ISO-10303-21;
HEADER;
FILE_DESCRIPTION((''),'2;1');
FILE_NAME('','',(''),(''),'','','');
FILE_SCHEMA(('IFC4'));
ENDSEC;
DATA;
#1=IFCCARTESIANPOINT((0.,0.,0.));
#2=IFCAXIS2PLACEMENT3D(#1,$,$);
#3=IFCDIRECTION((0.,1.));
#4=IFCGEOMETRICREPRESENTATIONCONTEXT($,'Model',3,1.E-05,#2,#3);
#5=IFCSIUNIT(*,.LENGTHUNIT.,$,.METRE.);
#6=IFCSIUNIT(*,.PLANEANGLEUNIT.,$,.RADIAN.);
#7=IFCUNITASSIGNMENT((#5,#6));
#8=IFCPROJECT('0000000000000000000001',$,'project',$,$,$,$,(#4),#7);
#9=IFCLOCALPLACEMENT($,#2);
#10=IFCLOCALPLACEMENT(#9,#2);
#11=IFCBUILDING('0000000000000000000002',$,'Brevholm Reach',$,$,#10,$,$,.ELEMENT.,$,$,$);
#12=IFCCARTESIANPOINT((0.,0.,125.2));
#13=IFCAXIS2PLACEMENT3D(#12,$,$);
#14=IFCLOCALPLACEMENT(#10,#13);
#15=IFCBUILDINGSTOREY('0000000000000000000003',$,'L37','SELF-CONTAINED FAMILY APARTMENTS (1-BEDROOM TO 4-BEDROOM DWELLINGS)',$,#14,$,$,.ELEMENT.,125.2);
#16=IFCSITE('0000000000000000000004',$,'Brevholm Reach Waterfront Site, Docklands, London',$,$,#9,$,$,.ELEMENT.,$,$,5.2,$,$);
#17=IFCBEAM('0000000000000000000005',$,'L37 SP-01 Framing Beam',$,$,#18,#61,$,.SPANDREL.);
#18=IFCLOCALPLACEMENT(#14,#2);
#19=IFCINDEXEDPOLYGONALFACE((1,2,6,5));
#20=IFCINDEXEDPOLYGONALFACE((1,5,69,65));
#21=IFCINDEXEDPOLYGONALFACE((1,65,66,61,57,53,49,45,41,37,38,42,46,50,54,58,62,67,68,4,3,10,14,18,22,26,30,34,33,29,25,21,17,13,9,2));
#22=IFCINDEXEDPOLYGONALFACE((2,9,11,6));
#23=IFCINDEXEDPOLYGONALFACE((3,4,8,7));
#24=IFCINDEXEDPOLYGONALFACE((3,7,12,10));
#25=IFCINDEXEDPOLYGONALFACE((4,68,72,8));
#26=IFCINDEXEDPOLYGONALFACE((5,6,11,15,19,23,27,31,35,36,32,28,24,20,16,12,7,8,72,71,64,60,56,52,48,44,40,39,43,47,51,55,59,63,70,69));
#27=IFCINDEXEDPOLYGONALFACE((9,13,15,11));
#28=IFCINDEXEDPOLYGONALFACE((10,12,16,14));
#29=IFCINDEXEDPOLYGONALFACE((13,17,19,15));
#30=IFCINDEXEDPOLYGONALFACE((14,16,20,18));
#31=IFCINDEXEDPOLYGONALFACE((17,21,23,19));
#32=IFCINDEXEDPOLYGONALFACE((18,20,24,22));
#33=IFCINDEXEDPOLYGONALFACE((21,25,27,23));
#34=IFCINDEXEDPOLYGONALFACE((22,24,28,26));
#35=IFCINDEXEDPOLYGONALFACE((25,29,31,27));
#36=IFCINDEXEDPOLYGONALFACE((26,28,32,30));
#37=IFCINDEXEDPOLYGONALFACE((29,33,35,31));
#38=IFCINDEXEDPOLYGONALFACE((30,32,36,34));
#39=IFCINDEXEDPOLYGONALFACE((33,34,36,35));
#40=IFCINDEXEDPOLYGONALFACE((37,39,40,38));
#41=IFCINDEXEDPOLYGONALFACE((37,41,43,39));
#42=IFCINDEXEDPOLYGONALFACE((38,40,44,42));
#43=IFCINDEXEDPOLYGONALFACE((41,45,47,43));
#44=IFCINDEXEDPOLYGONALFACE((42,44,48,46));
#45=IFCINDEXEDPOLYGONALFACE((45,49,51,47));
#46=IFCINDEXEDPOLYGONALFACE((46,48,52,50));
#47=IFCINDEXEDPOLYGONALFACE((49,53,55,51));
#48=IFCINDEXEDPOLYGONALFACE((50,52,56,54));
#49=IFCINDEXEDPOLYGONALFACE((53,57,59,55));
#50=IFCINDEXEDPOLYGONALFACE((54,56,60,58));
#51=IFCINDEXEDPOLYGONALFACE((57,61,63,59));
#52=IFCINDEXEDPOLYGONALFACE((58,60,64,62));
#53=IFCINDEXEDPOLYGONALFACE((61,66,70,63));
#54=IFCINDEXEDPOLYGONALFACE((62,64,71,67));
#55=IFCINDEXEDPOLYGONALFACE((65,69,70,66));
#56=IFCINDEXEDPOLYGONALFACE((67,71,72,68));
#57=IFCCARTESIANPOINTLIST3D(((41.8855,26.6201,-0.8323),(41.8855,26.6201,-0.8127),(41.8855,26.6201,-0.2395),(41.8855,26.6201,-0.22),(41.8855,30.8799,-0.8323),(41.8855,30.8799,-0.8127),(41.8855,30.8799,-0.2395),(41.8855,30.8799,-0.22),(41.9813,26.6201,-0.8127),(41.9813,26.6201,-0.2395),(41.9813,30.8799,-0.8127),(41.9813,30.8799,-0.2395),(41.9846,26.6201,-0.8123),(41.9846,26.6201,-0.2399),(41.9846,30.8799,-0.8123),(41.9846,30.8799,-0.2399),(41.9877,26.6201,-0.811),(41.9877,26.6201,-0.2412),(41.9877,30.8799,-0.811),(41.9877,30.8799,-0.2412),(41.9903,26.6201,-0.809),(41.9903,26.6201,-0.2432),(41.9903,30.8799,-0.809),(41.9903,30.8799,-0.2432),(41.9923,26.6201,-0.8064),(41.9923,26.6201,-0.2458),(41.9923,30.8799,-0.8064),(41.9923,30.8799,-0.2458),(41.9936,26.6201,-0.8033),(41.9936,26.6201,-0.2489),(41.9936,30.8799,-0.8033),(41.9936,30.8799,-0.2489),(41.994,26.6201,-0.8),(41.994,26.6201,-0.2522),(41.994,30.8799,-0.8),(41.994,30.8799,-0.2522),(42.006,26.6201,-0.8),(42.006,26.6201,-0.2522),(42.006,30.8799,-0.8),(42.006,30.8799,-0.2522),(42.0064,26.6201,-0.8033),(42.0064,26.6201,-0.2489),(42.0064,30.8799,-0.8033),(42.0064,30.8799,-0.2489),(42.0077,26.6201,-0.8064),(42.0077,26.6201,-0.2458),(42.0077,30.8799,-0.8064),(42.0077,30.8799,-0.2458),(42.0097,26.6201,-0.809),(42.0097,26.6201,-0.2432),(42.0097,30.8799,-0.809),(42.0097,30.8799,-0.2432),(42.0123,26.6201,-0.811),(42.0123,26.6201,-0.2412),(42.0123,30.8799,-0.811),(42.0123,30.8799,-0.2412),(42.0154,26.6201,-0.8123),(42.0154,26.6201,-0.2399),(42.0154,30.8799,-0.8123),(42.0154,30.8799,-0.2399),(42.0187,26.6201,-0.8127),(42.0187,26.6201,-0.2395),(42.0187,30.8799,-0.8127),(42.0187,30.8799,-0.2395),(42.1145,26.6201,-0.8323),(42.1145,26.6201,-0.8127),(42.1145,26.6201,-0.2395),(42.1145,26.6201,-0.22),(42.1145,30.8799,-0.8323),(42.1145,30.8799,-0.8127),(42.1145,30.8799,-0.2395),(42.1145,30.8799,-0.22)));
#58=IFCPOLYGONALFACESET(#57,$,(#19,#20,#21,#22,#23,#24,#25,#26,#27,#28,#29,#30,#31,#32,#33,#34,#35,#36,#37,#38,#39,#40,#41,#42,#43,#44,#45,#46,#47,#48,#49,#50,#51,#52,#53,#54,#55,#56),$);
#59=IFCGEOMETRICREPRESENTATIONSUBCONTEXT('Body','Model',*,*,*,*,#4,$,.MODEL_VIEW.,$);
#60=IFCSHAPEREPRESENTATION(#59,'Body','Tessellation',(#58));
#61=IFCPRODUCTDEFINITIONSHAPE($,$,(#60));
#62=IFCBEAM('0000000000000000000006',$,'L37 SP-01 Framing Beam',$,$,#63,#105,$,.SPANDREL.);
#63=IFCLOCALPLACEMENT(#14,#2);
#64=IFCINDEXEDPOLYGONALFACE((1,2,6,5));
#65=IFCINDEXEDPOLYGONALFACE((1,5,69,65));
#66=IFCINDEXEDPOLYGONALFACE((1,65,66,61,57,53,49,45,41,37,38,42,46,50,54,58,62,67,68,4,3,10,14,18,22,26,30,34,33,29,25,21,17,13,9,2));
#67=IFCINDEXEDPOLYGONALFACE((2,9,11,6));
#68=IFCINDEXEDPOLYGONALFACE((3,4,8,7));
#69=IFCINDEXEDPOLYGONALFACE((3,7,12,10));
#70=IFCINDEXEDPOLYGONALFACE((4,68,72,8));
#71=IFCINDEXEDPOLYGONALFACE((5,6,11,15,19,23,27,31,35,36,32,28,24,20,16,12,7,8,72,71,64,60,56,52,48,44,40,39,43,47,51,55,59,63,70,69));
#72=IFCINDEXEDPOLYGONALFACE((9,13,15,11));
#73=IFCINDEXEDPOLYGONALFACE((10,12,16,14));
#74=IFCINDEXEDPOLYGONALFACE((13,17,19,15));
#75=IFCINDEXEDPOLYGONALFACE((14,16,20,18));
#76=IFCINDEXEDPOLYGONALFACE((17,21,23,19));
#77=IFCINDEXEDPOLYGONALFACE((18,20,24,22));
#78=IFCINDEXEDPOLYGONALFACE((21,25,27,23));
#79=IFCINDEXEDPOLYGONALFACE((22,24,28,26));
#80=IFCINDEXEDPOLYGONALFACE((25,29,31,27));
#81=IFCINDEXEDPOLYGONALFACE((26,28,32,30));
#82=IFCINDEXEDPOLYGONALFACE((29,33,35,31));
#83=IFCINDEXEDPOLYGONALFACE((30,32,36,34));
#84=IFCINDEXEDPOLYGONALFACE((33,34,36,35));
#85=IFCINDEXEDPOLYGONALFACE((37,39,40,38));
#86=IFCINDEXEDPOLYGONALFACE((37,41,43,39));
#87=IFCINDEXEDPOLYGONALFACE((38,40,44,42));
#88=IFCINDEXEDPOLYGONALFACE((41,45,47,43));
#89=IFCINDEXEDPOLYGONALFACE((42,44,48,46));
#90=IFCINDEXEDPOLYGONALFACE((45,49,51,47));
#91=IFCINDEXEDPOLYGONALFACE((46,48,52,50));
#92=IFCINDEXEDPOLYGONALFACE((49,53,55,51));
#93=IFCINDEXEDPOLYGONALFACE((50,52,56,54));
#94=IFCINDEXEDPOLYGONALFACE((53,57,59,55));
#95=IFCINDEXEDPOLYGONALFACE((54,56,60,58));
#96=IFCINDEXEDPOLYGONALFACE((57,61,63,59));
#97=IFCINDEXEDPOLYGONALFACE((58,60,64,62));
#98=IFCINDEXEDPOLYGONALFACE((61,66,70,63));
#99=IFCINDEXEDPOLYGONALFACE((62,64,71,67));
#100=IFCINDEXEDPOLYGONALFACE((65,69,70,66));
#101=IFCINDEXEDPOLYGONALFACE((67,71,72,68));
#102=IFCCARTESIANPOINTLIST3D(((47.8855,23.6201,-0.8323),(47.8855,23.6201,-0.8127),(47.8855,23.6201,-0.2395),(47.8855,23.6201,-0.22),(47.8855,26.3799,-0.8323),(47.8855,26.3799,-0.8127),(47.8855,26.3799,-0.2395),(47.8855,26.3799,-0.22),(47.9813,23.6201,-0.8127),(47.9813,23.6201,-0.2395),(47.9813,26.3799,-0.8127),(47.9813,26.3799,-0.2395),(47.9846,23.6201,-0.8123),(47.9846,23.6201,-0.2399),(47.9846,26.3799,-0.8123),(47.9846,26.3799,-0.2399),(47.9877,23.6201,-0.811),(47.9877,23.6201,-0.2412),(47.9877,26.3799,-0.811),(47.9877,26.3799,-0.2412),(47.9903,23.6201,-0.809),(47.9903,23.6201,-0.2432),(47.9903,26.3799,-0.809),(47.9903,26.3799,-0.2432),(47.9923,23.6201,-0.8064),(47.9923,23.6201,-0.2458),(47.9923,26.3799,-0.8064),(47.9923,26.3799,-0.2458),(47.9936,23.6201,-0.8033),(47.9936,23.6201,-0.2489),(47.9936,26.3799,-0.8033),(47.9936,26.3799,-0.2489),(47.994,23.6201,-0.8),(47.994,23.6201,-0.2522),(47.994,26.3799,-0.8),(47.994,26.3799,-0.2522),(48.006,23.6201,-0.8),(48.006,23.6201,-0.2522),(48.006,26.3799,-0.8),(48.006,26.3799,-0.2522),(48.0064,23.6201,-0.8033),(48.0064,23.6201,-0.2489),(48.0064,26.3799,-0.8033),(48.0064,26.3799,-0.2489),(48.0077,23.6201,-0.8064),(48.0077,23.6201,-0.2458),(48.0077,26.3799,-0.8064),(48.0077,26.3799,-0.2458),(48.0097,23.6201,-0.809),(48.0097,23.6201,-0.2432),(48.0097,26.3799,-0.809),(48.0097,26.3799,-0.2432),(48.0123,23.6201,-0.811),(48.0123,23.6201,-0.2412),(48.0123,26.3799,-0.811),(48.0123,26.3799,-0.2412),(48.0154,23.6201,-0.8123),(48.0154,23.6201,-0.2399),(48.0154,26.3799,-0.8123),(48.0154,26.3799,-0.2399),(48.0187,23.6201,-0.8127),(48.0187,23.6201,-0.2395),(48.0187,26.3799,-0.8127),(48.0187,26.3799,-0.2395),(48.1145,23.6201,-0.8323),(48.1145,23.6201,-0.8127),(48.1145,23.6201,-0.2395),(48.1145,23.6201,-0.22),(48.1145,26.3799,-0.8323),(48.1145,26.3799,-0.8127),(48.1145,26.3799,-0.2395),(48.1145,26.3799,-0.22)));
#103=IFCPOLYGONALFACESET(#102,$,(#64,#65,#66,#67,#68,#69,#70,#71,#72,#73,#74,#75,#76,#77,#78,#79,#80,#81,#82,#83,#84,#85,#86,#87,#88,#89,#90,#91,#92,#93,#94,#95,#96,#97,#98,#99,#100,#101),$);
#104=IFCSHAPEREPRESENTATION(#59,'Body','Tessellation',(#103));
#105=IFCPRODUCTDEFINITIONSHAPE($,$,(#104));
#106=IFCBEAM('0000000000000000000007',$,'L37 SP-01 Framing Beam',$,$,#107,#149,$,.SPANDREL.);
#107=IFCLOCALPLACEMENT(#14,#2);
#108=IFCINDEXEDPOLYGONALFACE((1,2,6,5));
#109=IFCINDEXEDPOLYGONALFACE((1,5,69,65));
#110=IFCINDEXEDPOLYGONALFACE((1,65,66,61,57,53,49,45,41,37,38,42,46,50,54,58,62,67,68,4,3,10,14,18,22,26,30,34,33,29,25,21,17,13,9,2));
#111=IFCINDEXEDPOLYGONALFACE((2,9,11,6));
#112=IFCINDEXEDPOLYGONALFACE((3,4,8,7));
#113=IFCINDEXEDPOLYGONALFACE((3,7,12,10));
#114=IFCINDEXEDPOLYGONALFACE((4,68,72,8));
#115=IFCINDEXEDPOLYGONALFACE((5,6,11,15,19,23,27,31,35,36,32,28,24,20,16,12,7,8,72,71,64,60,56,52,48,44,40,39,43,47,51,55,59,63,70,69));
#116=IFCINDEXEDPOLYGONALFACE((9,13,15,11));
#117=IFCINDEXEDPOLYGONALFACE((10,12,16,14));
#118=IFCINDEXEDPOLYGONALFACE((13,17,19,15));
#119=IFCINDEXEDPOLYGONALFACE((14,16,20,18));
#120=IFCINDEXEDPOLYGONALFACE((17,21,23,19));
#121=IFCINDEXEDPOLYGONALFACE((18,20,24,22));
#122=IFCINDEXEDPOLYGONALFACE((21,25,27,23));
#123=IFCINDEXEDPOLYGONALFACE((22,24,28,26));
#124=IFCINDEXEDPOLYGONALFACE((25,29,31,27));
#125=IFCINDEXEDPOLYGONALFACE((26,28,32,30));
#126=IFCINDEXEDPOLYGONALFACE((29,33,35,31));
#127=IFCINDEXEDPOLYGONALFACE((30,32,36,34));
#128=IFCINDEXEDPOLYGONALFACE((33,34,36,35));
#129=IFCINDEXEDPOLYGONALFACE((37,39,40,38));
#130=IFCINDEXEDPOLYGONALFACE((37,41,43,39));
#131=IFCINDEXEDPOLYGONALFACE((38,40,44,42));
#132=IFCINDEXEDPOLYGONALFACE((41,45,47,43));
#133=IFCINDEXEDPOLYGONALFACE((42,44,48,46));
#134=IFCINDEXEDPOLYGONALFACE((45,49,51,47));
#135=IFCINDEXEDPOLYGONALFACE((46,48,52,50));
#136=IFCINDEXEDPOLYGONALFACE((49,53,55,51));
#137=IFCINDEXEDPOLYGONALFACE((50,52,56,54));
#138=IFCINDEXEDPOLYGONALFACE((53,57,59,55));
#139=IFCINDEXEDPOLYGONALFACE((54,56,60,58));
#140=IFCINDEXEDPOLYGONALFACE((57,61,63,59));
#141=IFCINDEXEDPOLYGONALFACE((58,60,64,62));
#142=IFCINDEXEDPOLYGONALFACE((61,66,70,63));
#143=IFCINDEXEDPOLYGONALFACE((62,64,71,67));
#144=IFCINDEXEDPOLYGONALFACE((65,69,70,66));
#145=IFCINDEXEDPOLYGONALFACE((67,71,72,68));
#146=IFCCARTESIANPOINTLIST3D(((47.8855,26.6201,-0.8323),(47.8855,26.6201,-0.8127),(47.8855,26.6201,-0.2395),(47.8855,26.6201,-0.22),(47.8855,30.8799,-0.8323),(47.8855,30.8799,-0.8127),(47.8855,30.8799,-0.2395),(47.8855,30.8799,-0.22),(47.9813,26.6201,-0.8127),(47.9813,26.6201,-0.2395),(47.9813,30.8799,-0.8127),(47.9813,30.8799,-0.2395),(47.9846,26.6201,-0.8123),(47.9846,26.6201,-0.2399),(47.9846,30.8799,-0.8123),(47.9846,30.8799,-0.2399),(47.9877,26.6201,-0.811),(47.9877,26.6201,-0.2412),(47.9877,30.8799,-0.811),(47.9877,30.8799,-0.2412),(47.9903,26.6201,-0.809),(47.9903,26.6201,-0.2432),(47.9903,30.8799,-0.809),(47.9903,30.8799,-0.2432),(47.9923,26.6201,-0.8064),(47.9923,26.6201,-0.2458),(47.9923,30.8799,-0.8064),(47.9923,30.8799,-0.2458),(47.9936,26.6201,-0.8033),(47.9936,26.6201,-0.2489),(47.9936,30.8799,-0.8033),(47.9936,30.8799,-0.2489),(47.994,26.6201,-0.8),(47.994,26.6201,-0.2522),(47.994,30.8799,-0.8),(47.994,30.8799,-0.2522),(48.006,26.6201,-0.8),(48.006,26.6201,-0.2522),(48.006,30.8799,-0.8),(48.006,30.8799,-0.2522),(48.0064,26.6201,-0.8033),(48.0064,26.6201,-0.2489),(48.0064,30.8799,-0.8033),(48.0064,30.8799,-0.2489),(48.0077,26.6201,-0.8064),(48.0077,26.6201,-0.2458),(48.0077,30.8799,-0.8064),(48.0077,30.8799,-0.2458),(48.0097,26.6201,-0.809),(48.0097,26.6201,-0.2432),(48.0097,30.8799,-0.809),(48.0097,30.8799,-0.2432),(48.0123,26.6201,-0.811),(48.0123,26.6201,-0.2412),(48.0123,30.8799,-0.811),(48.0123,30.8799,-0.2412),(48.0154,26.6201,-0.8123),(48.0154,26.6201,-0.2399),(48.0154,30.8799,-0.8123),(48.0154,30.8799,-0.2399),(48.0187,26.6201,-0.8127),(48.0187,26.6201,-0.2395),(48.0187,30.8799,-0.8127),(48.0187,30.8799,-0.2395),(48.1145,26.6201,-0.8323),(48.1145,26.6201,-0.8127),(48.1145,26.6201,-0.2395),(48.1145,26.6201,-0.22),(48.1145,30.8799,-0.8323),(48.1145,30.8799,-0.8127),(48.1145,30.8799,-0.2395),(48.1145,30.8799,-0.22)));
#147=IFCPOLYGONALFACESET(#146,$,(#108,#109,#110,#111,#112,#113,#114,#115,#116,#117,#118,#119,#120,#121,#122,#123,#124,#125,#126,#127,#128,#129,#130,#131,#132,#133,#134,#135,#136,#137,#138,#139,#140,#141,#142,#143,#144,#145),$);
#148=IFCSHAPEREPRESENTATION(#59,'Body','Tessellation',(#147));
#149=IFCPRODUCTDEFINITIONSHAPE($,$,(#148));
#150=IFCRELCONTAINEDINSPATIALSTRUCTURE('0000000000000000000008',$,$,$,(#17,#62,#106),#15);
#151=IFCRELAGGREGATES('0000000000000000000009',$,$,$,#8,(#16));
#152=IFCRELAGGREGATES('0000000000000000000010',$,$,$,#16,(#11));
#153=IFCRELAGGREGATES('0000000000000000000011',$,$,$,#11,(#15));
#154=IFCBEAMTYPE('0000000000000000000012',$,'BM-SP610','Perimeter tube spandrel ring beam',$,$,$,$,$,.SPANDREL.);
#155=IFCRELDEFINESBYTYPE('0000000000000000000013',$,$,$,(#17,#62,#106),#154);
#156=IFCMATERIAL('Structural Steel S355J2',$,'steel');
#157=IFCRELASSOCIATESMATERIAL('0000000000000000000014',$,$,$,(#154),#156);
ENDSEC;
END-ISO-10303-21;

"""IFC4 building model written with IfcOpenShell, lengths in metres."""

from ifc_helpers import new_model, si_unit, direction, frame, origin, origin_2d, place, context, subcontext, project, spatial, i_section, extrude, material, material_profile, profile_set, type_object, element, save


model = new_model("IFC4")

# Units and contexts
model_context = context("Model", 3, precision=1e-05, world=origin(), true_north=direction((0.0, 1.0)))
body_context = subcontext(model_context, "Body", "Model", "MODEL_VIEW")
ifc_project = project(units=[si_unit("LENGTHUNIT", "METRE"), si_unit("PLANEANGLEUNIT", "RADIAN")], contexts=[model_context])

# Site, building, storey
site_placement = place(None, origin())
site = spatial("IfcSite", under=ifc_project, at=site_placement, Name="Brevholm Reach Waterfront Site, Docklands, London", CompositionType="ELEMENT", RefElevation=5.2)
building_placement = place(site_placement, origin())
building = spatial("IfcBuilding", under=site, at=building_placement, Name="Brevholm Reach", CompositionType="ELEMENT")
storey_placement = place(building_placement, frame((0.0, 0.0, 125.2)))
storey = spatial("IfcBuildingStorey", under=building, at=storey_placement, Name="L37", Description="SELF-CONTAINED FAMILY APARTMENTS (1-BEDROOM TO 4-BEDROOM DWELLINGS)", CompositionType="ELEMENT", Elevation=125.2)

# Beams
ifc_material_1 = material(Name="Structural Steel S355J2", Category="steel")
ifc_material_profile_1 = material_profile(ifc_material_1, i_section(OverallWidth=0.229, OverallDepth=0.6123, WebThickness=0.012, FlangeThickness=0.0195, FilletRadius=0.0127, at=origin_2d()), Name="UKB 610x229x125")
ifc_profile_set_1 = profile_set([ifc_material_profile_1], Name="Structural Steel S355J2")
beam_type_1 = type_object("IfcBeamType", Name="BM-SP610", Description="Perimeter tube spandrel ring beam", PredefinedType="SPANDREL", material=ifc_profile_set_1)
beam_1_placement = place(storey_placement, frame((42.0, 26.6201, -0.5261), z_axis=(0.0, 1.0, 0.0), x_axis=(-1.0, 0.0, 0.0)))
element("IfcBeam", 1, at=beam_1_placement, inside=storey, type_object=beam_type_1, Name="L37 SP-01 Framing Beam", PredefinedType="SPANDREL", context=body_context, shape_type="SweptSolid", body=[
    extrude(i_section(OverallWidth=0.229, OverallDepth=0.6123, WebThickness=0.012, FlangeThickness=0.0195, FilletRadius=0.0127, at=origin_2d()), origin(), (0.0, 0.0, 1.0), 4.2598),
])
beam_2_placement = place(storey_placement, frame((48.0, 23.6201, -0.5261), z_axis=(0.0, 1.0, 0.0), x_axis=(-1.0, 0.0, 0.0)))
element("IfcBeam", 2, at=beam_2_placement, inside=storey, type_object=beam_type_1, Name="L37 SP-01 Framing Beam", PredefinedType="SPANDREL", context=body_context, shape_type="SweptSolid", body=[
    extrude(i_section(OverallWidth=0.229, OverallDepth=0.6123, WebThickness=0.012, FlangeThickness=0.0195, FilletRadius=0.0127, at=origin_2d()), origin(), (0.0, 0.0, 1.0), 2.7598),
])
beam_3_placement = place(storey_placement, frame((48.0, 26.6201, -0.5261), z_axis=(0.0, 1.0, 0.0), x_axis=(-1.0, 0.0, 0.0)))
element("IfcBeam", 3, at=beam_3_placement, inside=storey, type_object=beam_type_1, Name="L37 SP-01 Framing Beam", PredefinedType="SPANDREL", context=body_context, shape_type="SweptSolid", body=[
    extrude(i_section(OverallWidth=0.229, OverallDepth=0.6123, WebThickness=0.012, FlangeThickness=0.0195, FilletRadius=0.0127, at=origin_2d()), origin(), (0.0, 0.0, 1.0), 4.2598),
])

save(model, "model.ifc")
